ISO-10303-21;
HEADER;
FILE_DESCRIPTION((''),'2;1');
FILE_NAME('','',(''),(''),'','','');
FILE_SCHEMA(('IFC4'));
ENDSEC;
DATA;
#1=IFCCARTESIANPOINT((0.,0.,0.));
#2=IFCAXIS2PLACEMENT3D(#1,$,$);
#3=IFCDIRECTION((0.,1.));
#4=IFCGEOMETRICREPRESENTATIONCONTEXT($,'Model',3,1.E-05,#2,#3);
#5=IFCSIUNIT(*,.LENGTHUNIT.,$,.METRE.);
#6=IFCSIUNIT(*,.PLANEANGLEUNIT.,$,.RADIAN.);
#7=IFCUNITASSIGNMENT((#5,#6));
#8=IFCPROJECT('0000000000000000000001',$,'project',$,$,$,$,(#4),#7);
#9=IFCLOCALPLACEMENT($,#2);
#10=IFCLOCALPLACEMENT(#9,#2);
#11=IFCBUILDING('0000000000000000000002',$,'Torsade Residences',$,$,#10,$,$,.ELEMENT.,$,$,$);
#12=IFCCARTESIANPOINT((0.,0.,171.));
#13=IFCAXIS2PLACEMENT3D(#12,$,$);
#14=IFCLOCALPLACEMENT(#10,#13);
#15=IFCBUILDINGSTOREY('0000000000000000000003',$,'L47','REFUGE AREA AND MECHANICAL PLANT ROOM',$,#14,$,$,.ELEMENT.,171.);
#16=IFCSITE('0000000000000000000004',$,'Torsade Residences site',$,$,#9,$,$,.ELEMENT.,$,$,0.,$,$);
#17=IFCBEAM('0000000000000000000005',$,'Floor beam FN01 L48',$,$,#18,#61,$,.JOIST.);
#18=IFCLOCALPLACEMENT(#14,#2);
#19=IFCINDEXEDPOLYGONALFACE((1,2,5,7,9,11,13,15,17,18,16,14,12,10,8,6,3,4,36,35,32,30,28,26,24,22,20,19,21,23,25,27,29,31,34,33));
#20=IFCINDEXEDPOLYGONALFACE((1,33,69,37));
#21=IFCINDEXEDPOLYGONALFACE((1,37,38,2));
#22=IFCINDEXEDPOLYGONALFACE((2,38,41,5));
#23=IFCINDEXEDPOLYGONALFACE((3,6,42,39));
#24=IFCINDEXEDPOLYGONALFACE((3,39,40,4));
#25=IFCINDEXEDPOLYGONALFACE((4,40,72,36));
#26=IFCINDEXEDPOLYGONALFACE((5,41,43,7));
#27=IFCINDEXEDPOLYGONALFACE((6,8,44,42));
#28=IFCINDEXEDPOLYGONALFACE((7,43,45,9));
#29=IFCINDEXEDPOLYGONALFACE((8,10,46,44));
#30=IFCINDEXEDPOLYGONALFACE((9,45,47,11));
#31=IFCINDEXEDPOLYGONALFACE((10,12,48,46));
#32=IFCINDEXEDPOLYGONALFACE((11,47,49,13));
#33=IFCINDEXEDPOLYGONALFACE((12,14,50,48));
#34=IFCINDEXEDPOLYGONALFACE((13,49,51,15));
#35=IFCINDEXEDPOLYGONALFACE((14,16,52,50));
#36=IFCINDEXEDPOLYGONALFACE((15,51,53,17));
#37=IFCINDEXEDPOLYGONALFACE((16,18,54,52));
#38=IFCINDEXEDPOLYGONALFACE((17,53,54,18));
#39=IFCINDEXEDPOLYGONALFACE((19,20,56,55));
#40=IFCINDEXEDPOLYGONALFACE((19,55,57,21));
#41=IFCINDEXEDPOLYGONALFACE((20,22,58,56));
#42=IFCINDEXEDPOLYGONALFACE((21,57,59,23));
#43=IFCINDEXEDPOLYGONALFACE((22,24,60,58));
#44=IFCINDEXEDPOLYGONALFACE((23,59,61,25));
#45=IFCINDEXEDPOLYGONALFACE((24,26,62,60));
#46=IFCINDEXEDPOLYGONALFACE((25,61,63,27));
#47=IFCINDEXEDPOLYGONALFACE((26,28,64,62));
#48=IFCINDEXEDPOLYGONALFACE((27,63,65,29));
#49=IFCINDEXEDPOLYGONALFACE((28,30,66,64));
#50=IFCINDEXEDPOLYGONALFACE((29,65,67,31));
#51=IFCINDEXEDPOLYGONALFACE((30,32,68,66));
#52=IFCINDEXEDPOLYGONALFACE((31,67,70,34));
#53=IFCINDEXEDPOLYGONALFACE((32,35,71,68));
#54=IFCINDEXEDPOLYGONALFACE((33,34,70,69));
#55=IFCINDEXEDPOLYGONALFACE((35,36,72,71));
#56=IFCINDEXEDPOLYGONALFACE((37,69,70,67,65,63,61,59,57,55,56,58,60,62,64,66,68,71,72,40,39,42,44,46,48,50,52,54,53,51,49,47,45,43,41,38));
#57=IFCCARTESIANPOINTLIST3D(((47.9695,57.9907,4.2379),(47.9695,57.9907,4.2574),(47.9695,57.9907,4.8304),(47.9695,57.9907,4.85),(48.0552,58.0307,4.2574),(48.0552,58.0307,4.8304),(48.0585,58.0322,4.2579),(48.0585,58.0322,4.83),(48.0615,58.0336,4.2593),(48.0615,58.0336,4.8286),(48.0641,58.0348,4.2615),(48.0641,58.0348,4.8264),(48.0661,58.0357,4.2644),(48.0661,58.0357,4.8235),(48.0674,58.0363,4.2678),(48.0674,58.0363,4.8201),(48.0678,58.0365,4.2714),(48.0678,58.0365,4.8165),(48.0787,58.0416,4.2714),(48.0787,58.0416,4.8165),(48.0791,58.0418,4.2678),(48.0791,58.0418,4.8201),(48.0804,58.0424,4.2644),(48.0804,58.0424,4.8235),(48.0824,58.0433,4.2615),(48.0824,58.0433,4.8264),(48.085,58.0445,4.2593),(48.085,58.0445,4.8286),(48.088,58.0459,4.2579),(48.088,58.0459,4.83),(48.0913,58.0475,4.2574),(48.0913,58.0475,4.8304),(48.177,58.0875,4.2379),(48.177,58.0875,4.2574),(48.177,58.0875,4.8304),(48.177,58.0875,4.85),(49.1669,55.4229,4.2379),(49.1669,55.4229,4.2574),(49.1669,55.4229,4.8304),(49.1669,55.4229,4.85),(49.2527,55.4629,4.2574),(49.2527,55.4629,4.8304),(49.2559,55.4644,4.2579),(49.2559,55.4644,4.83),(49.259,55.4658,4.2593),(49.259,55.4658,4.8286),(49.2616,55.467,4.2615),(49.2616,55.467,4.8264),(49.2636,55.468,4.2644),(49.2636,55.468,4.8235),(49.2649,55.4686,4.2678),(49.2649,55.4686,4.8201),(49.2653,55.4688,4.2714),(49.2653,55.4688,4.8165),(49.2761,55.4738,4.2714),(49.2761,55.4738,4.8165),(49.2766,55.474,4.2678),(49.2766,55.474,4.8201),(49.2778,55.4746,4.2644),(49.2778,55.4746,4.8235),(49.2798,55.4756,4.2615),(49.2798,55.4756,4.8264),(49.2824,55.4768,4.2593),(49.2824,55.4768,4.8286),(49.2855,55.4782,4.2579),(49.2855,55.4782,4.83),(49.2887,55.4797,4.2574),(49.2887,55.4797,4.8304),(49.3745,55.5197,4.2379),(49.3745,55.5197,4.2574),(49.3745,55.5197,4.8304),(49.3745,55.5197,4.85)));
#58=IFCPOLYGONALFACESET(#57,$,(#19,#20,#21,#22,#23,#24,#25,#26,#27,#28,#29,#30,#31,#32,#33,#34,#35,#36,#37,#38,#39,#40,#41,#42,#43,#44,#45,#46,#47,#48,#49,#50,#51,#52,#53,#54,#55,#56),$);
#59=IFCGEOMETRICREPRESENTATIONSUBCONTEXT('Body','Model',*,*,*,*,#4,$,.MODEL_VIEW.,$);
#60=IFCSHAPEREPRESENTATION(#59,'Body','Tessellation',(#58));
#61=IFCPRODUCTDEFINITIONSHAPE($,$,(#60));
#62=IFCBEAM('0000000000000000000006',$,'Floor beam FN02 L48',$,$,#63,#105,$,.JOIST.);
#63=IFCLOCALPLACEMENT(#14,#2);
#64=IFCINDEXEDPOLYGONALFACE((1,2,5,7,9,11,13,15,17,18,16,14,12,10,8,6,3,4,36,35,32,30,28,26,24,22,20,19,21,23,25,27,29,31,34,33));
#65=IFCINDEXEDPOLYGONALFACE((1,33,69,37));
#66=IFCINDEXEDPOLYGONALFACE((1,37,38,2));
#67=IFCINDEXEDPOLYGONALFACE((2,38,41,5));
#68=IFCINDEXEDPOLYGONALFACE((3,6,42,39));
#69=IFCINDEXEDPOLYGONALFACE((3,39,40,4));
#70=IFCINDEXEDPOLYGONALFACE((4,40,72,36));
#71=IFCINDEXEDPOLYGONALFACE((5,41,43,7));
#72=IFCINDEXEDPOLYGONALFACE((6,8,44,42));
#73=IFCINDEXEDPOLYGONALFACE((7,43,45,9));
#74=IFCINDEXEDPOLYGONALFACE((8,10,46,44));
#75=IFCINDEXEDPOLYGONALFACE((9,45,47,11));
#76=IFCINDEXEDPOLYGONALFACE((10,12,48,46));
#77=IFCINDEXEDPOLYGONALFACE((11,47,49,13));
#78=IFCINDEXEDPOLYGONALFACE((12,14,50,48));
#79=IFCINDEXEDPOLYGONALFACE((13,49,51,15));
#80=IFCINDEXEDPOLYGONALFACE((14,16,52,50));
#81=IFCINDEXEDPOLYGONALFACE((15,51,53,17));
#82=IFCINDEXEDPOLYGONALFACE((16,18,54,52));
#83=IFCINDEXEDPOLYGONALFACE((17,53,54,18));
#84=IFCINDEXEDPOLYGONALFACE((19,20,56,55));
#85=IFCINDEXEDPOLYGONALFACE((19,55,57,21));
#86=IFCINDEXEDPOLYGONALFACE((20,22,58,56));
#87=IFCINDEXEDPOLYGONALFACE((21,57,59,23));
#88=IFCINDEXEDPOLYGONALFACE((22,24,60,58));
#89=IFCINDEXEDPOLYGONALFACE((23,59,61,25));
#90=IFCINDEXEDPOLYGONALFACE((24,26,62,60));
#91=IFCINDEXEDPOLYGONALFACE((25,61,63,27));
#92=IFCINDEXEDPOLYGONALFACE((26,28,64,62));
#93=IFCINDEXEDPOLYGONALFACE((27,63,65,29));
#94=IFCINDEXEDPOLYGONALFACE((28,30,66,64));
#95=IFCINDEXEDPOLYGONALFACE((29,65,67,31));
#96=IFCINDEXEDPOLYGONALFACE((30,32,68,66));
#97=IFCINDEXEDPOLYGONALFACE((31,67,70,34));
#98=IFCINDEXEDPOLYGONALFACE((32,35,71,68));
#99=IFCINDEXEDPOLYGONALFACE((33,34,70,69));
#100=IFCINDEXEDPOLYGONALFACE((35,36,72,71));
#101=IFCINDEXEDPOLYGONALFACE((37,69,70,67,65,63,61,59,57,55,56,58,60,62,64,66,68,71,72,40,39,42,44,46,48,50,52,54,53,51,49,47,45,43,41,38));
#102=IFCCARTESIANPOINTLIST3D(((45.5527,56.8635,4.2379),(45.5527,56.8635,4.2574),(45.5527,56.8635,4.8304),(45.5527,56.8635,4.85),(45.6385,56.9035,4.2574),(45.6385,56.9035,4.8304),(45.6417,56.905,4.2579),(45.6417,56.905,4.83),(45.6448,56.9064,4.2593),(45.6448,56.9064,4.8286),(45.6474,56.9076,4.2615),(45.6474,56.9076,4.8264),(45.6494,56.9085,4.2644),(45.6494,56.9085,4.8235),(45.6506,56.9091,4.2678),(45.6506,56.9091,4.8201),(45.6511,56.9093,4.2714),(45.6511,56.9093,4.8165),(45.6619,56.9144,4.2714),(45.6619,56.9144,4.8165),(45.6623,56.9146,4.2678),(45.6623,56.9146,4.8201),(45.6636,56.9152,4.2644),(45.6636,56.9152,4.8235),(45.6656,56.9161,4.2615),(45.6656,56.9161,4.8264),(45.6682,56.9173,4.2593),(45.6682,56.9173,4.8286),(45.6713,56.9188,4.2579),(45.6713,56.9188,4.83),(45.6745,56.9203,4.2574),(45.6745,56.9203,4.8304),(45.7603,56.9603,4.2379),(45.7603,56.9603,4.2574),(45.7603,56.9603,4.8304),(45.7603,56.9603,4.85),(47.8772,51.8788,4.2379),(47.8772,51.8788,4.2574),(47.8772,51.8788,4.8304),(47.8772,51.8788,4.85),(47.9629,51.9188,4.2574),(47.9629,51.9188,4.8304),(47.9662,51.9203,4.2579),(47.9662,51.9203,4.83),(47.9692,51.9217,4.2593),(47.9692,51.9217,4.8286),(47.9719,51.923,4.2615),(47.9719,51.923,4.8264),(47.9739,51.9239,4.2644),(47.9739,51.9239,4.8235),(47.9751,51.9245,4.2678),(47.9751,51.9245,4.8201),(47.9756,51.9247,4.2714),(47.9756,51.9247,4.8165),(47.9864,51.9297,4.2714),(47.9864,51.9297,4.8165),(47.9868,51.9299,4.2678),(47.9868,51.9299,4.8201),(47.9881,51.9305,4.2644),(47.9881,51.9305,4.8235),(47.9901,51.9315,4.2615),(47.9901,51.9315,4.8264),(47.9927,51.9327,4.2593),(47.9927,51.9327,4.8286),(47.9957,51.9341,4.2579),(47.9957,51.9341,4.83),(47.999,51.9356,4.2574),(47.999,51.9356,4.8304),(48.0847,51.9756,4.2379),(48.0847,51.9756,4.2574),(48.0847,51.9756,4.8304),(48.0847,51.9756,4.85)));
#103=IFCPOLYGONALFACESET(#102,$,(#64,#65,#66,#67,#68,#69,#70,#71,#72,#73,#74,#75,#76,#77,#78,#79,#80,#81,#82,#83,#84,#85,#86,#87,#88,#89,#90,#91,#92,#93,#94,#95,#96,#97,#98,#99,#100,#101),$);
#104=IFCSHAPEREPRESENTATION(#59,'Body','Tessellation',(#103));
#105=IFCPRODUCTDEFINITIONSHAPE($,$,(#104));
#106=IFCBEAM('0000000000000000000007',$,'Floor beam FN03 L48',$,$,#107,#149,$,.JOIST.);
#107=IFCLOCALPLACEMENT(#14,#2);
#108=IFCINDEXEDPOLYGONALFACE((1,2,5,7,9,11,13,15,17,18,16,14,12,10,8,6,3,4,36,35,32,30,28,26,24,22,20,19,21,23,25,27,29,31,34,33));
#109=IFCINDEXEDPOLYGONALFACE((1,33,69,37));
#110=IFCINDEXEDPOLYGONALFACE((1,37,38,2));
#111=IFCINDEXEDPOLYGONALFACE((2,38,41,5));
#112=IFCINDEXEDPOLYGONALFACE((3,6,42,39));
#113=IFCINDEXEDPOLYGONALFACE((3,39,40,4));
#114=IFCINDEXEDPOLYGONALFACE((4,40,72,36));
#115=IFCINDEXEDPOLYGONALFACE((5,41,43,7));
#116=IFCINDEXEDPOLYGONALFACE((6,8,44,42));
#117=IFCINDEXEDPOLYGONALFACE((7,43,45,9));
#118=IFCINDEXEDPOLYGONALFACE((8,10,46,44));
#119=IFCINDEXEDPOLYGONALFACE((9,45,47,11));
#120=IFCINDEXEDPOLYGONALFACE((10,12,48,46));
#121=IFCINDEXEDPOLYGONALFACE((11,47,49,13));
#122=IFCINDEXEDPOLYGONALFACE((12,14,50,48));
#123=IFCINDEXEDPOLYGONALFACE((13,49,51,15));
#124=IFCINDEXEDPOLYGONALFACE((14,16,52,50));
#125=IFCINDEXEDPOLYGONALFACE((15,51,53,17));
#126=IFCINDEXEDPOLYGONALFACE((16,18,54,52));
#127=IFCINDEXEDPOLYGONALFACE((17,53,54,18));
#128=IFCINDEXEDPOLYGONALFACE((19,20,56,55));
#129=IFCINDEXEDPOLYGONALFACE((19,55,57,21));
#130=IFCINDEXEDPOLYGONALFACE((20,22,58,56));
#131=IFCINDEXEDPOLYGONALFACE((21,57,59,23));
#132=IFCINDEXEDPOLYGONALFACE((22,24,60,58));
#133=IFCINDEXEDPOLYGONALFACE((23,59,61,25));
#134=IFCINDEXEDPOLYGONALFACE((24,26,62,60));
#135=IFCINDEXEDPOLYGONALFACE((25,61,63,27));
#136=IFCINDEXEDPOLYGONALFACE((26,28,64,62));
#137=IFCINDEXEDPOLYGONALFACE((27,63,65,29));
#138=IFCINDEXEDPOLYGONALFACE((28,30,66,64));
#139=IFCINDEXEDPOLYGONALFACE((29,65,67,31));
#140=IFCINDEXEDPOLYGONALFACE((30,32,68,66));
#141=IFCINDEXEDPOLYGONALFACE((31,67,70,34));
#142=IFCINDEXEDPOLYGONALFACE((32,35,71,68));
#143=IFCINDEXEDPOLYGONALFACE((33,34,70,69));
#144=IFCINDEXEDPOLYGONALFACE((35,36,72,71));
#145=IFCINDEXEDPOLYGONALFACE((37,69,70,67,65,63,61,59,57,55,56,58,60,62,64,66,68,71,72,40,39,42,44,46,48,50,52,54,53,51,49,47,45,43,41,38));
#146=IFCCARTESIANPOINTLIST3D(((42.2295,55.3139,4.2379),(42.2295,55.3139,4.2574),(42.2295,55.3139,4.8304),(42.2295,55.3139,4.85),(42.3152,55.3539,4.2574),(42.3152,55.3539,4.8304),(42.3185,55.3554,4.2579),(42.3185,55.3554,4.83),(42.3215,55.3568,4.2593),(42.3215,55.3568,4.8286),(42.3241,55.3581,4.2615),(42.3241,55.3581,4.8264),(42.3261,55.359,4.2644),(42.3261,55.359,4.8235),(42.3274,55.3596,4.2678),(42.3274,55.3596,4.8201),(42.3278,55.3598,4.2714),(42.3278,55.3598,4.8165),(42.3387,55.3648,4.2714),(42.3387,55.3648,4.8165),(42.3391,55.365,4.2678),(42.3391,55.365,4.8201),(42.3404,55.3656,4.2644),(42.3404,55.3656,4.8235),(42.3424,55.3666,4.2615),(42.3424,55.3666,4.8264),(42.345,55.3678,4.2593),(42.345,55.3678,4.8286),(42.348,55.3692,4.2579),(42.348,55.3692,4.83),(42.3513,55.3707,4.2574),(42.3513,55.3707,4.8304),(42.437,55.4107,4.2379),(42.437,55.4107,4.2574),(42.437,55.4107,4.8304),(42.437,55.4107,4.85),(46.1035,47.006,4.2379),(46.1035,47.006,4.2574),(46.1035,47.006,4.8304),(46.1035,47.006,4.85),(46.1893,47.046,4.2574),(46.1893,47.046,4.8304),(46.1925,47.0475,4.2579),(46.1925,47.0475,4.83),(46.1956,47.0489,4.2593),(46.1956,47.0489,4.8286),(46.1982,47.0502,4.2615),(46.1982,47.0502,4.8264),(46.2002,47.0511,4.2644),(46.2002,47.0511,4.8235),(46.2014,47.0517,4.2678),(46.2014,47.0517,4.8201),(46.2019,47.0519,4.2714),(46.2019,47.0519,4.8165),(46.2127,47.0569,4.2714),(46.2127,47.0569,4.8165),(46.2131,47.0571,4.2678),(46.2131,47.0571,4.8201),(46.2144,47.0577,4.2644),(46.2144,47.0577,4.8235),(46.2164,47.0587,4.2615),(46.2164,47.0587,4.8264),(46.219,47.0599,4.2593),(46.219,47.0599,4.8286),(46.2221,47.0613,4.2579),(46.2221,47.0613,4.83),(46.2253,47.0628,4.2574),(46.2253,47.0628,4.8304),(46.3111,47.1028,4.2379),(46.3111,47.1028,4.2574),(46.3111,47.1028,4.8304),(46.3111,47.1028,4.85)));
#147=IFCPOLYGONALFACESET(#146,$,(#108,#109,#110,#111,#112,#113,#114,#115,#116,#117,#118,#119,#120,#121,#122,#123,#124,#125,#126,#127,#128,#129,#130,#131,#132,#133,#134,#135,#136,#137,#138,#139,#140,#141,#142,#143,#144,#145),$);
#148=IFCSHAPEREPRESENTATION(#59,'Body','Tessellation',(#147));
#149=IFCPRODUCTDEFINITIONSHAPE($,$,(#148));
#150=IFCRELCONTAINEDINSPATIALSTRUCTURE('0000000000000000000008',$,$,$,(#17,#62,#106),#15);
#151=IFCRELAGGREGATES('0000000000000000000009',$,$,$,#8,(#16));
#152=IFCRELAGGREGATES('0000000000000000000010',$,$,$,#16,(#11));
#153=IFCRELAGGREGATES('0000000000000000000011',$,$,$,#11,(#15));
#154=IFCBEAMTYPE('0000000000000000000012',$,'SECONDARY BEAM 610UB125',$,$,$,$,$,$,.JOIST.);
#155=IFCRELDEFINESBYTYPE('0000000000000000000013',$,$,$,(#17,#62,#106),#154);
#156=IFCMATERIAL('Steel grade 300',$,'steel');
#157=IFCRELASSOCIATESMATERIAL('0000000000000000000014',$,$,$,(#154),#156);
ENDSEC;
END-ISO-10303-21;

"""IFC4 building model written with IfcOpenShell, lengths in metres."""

from ifc_helpers import new_model, si_unit, direction, frame, origin, origin_2d, place, context, subcontext, project, spatial, i_section, extrude, material, material_profile, profile_set, type_object, element, save


model = new_model("IFC4")

# Units and contexts
model_context = context("Model", 3, precision=1e-05, world=origin(), true_north=direction((0.0, 1.0)))
body_context = subcontext(model_context, "Body", "Model", "MODEL_VIEW")
ifc_project = project(units=[si_unit("LENGTHUNIT", "METRE"), si_unit("PLANEANGLEUNIT", "RADIAN")], contexts=[model_context])

# Site, building, storey
site_placement = place(None, origin())
site = spatial("IfcSite", under=ifc_project, at=site_placement, Name="Torsade Residences site", CompositionType="ELEMENT", RefElevation=0.0)
building_placement = place(site_placement, origin())
building = spatial("IfcBuilding", under=site, at=building_placement, Name="Torsade Residences", CompositionType="ELEMENT")
storey_placement = place(building_placement, frame((0.0, 0.0, 171.0)))
storey = spatial("IfcBuildingStorey", under=building, at=storey_placement, Name="L47", Description="REFUGE AREA AND MECHANICAL PLANT ROOM", CompositionType="ELEMENT", Elevation=171.0)

# Beams
ifc_material_1 = material(Name="Steel grade 300", Category="steel")
ifc_material_profile_1 = material_profile(ifc_material_1, i_section(OverallWidth=0.229, OverallDepth=0.6121, WebThickness=0.012, FlangeThickness=0.0195, FilletRadius=0.0139, at=origin_2d()), Name="610UB125")
ifc_profile_set_1 = profile_set([ifc_material_profile_1], Name="Steel grade 300")
beam_type_1 = type_object("IfcBeamType", Name="SECONDARY BEAM 610UB125", PredefinedType="JOIST", material=ifc_profile_set_1)
for number, where, z_axis, x_axis, name in (
    (1, (48.0732, 58.0391, 4.5439), (0.422645, -0.906295, 0.0), (0.906295, 0.422645, 0.0), "Floor beam FN01 L48"),
):
    element("IfcBeam", number, at=place(storey_placement, frame(where, z_axis=z_axis, x_axis=x_axis)), inside=storey, type_object=beam_type_1, Name=name, PredefinedType="JOIST", context=body_context, shape_type="SweptSolid", body=[
        extrude(i_section(OverallWidth=0.229, OverallDepth=0.6121, WebThickness=0.012, FlangeThickness=0.0195, FilletRadius=0.0139, at=origin_2d()), origin(), (0.0, 0.0, 1.0), 2.8333),
    ])
beam_1_placement = place(storey_placement, frame((45.6565, 56.9119, 4.5439), z_axis=(0.422633, -0.906301, 0.0), x_axis=(0.906301, 0.422633, 0.0)))
element("IfcBeam", 2, at=beam_1_placement, inside=storey, type_object=beam_type_1, Name="Floor beam FN02 L48", PredefinedType="JOIST", context=body_context, shape_type="SweptSolid", body=[
    extrude(i_section(OverallWidth=0.229, OverallDepth=0.6121, WebThickness=0.012, FlangeThickness=0.0195, FilletRadius=0.0139, at=origin_2d()), origin(), (0.0, 0.0, 1.0), 5.5),
])
beam_2_placement = place(storey_placement, frame((42.3333, 55.3623, 4.5439), z_axis=(0.422619, -0.906308, 0.0), x_axis=(0.906308, 0.422619, 0.0)))
element("IfcBeam", 3, at=beam_2_placement, inside=storey, type_object=beam_type_1, Name="Floor beam FN03 L48", PredefinedType="JOIST", context=body_context, shape_type="SweptSolid", body=[
    extrude(i_section(OverallWidth=0.229, OverallDepth=0.6121, WebThickness=0.012, FlangeThickness=0.0195, FilletRadius=0.0139, at=origin_2d()), origin(), (0.0, 0.0, 1.0), 9.1667),
])

save(model, "model.ifc")
